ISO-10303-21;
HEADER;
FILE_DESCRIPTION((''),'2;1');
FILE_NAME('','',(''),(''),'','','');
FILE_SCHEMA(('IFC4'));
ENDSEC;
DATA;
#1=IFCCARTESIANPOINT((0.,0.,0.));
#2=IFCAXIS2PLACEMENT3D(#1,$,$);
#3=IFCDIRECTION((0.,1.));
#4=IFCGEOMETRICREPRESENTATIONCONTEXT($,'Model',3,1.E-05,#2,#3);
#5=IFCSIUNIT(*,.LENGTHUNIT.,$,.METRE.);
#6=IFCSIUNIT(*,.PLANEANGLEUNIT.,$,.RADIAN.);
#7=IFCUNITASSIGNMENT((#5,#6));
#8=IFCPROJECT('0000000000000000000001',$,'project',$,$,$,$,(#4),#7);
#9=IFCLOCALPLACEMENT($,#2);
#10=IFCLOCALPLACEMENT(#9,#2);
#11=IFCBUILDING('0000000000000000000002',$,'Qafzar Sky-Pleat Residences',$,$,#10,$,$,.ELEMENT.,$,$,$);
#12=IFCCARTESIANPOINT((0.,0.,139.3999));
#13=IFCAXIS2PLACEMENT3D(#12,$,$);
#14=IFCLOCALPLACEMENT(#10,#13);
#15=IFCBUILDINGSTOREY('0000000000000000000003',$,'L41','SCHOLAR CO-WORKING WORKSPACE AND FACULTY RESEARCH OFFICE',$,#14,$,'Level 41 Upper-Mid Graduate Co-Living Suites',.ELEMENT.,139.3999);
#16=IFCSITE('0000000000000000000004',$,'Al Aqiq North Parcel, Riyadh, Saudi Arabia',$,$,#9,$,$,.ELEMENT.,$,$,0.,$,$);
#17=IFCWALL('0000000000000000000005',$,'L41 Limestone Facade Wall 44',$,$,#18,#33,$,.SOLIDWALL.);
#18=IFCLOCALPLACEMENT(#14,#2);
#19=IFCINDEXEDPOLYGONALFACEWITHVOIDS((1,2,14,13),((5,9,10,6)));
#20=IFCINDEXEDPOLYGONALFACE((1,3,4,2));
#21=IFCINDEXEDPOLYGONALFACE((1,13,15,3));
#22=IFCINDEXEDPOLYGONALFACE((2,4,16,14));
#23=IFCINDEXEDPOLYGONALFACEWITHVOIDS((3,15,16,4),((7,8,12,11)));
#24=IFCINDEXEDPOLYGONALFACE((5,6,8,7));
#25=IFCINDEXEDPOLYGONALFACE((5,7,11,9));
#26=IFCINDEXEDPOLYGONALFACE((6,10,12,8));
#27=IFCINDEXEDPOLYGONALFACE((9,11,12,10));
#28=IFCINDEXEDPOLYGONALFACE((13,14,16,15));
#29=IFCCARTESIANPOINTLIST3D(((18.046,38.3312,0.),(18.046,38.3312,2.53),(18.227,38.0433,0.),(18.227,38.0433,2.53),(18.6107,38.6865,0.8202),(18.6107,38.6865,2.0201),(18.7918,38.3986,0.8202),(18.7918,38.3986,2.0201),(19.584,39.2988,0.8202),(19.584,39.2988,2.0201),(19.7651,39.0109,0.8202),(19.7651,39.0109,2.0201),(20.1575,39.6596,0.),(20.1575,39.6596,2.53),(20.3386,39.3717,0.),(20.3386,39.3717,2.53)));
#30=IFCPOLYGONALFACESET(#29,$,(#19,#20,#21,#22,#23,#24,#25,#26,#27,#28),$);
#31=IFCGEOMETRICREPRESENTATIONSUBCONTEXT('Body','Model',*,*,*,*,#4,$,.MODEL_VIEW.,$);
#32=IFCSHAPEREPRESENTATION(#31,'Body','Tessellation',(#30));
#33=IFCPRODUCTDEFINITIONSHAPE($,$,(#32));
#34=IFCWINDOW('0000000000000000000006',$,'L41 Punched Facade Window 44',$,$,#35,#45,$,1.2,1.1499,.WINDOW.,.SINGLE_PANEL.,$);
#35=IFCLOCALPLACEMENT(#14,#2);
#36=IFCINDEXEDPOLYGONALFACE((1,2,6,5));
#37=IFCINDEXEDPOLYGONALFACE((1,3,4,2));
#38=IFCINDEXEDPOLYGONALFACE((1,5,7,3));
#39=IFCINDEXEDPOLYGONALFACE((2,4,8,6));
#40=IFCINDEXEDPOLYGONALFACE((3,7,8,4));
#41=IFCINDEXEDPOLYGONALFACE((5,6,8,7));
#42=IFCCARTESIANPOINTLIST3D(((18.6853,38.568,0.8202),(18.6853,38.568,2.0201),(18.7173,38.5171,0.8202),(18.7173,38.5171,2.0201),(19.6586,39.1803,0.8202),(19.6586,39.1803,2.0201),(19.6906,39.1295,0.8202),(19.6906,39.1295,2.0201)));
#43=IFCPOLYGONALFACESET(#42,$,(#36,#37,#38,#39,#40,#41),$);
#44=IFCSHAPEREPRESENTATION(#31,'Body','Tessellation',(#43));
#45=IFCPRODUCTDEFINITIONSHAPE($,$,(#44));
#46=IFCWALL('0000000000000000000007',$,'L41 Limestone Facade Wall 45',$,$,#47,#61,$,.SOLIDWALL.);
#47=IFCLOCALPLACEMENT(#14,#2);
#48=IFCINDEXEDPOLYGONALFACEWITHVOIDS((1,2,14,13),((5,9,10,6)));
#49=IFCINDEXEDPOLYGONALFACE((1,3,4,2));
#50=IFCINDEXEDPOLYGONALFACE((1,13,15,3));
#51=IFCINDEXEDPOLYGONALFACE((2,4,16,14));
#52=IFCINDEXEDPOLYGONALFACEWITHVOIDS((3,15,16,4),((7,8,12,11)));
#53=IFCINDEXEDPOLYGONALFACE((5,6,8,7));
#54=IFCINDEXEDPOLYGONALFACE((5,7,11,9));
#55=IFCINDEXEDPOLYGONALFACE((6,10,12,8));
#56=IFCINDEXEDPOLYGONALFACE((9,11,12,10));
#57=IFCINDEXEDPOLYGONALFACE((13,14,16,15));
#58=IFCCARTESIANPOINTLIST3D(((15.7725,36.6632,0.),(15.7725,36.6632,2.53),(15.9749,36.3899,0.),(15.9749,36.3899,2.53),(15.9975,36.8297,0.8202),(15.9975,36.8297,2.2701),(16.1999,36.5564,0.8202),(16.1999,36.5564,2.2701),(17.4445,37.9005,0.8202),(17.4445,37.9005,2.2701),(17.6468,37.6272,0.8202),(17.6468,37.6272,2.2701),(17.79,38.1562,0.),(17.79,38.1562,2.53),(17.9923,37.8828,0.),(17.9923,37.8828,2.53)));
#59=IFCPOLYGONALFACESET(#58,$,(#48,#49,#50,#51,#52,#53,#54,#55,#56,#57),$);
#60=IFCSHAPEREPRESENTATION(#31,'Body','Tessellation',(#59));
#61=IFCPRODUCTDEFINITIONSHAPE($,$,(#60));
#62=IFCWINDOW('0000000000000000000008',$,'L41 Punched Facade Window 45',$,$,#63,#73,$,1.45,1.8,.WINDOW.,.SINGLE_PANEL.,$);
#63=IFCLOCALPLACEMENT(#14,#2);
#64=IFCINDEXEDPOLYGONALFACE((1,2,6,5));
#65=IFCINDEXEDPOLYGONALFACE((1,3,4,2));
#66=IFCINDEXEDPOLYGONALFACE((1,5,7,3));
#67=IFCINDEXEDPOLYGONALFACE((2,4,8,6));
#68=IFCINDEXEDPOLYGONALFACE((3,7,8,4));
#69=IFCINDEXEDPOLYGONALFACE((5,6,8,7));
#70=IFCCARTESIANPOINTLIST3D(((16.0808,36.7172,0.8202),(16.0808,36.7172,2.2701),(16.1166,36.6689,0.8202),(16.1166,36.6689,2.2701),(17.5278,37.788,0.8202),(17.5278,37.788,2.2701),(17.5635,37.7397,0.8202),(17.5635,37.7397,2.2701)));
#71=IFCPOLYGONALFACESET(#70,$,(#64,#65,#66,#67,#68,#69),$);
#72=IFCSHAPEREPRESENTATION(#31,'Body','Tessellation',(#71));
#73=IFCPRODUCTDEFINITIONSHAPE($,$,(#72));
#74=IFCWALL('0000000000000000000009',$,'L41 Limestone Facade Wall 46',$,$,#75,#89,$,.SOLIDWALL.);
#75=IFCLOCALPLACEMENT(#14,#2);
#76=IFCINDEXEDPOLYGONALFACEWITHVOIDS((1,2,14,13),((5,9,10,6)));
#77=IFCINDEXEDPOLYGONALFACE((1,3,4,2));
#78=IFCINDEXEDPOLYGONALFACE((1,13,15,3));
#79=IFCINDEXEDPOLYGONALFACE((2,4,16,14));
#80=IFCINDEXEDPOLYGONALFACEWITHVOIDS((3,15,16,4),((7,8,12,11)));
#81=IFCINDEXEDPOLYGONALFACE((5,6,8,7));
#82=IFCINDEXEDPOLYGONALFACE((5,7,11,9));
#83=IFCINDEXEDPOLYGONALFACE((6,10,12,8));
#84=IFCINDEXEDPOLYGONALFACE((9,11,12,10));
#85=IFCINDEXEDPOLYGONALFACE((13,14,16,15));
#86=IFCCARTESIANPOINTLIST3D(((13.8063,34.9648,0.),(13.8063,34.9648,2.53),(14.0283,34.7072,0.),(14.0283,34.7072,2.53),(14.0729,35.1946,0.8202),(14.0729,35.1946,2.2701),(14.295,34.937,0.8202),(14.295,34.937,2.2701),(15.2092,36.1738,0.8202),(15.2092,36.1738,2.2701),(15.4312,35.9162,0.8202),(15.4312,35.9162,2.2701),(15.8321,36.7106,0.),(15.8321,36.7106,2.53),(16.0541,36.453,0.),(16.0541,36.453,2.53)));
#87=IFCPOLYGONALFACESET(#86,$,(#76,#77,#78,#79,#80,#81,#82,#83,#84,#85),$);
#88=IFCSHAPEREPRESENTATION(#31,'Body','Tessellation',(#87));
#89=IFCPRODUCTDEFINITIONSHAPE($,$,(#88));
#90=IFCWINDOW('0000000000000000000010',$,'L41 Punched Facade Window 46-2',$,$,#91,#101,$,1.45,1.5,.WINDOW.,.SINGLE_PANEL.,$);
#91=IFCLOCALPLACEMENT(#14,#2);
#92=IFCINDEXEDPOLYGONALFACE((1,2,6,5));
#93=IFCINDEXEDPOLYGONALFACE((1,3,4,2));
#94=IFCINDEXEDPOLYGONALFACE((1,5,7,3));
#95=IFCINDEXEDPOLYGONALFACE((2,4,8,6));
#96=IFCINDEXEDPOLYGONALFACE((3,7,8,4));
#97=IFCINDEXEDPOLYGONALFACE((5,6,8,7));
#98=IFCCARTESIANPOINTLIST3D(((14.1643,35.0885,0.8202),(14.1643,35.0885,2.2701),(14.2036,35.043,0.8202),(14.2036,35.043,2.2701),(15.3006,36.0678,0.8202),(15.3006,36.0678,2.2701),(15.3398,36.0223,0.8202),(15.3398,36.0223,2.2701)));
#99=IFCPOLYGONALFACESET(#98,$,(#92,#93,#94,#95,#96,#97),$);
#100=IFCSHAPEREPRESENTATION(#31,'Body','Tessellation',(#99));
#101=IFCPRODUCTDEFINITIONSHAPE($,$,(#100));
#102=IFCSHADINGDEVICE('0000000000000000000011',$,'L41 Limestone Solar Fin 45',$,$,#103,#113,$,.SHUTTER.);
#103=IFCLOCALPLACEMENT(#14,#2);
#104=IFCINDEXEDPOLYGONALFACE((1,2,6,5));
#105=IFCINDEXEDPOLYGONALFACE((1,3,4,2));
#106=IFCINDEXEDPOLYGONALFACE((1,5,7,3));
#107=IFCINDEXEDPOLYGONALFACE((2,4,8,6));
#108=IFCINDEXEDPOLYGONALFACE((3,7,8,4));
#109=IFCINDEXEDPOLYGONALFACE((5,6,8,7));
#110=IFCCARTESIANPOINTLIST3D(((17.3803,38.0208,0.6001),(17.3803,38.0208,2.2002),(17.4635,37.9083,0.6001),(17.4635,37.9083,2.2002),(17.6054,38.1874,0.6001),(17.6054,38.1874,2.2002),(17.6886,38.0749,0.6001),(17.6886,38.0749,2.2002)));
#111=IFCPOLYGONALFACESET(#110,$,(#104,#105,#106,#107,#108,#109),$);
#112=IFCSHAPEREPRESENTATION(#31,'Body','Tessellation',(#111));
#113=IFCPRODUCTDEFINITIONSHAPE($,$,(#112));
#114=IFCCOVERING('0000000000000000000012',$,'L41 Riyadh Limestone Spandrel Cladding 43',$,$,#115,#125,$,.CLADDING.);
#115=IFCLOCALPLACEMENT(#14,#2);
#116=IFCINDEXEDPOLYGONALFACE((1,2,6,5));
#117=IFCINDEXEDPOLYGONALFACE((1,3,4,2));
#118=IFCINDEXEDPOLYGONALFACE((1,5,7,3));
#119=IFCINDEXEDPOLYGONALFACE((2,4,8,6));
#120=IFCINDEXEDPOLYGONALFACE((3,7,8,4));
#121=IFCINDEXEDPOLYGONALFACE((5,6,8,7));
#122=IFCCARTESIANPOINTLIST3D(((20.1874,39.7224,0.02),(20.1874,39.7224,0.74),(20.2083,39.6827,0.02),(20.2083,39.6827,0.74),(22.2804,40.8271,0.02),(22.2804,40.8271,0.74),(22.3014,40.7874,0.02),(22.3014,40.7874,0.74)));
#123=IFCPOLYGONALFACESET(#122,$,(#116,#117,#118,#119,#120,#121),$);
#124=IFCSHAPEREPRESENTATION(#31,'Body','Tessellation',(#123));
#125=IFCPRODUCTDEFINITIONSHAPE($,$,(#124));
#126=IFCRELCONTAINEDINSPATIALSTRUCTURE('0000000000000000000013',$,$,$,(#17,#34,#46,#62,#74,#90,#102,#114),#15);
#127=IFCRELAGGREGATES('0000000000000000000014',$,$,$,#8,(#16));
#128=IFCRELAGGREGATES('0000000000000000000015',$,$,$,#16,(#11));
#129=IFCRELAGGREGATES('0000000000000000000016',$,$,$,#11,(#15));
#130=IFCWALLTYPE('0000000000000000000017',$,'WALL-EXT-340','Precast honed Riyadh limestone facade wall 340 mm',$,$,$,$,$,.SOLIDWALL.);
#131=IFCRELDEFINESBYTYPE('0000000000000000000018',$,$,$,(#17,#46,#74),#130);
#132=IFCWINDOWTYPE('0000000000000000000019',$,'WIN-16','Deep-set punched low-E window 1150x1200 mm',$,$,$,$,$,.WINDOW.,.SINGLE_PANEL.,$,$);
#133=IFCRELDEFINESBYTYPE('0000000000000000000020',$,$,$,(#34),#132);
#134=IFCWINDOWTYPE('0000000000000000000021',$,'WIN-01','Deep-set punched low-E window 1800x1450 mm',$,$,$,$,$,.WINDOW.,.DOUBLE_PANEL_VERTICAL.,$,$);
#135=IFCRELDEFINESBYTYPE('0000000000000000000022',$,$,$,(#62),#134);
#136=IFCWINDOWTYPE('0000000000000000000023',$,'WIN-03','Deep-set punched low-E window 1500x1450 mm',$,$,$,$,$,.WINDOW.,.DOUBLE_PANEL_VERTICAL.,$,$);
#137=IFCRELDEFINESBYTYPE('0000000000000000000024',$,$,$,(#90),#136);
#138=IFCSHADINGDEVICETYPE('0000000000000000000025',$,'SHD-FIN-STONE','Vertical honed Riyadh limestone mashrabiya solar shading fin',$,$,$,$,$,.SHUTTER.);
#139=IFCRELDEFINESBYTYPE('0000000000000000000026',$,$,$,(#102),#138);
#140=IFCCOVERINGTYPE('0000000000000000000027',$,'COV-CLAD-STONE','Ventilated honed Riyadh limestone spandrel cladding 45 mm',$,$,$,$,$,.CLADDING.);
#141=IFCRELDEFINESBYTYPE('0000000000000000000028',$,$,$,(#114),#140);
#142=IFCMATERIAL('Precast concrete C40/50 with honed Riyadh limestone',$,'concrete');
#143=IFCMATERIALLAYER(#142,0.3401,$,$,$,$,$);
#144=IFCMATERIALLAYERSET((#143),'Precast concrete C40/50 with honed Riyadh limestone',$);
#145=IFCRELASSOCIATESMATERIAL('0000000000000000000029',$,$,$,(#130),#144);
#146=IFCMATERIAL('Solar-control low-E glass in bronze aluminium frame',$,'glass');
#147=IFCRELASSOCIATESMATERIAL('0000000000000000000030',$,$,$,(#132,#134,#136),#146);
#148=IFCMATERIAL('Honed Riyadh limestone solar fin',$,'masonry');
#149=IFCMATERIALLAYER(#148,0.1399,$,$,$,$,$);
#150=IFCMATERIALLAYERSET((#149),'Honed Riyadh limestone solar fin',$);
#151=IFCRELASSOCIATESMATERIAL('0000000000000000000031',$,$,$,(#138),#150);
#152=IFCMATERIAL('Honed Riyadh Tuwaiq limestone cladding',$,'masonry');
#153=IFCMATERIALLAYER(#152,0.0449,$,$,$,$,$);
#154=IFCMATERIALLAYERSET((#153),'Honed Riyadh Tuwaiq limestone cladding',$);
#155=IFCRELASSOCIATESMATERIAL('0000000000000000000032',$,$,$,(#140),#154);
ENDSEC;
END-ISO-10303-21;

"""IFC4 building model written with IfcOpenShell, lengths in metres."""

from ifc_helpers import new_model, si_unit, direction, frame, frame_2d, origin, origin_2d, place, context, subcontext, project, spatial, rectangle, extrude, source, transform, mapped, material, layer, layer_set, type_object, element, fill, save


model = new_model("IFC4")

# Units and contexts
model_context = context("Model", 3, precision=1e-05, world=origin(), true_north=direction((0.0, 1.0)))
body_context = subcontext(model_context, "Body", "Model", "MODEL_VIEW")
ifc_project = project(units=[si_unit("LENGTHUNIT", "METRE"), si_unit("PLANEANGLEUNIT", "RADIAN")], contexts=[model_context])

# Site, building, storey
site_placement = place(None, origin())
site = spatial("IfcSite", under=ifc_project, at=site_placement, Name="Al Aqiq North Parcel, Riyadh, Saudi Arabia", CompositionType="ELEMENT", RefElevation=0.0)
building_placement = place(site_placement, origin())
building = spatial("IfcBuilding", under=site, at=building_placement, Name="Qafzar Sky-Pleat Residences", CompositionType="ELEMENT")
storey_placement = place(building_placement, frame((0.0, 0.0, 139.3999)))
storey = spatial("IfcBuildingStorey", under=building, at=storey_placement, Name="L41", Description="SCHOLAR CO-WORKING WORKSPACE AND FACULTY RESEARCH OFFICE", LongName="Level 41 Upper-Mid Graduate Co-Living Suites", CompositionType="ELEMENT", Elevation=139.3999)

# Walls, openings, windows
ifc_material_1 = material(Name="Precast concrete C40/50 with honed Riyadh limestone", Category="concrete")
ifc_layer_1 = layer(ifc_material_1, 0.3401)
ifc_layer_set_1 = layer_set([ifc_layer_1], Name="Precast concrete C40/50 with honed Riyadh limestone")
wall_type_1 = type_object("IfcWallType", Name="WALL-EXT-340", Description="Precast honed Riyadh limestone facade wall 340 mm", PredefinedType="SOLIDWALL", material=ifc_layer_set_1)
wall_1_placement = place(storey_placement, frame((20.248, 39.5156, 0.0), z_axis=(0.0, 0.0, 1.0), x_axis=(-0.846439, -0.532486, 0.0)))
wall_1 = element("IfcWall", 1, at=wall_1_placement, inside=storey, type_object=wall_type_1, Name="L41 Limestone Facade Wall 44", PredefinedType="SOLIDWALL", context=body_context, shape_type="SweptSolid", body=[
    extrude(rectangle(XDim=2.4946, YDim=0.3401, at=frame_2d((1.2473, 0.0))), origin(), (0.0, 0.0, 1.0), 2.53),
])
opening_1_placement = place(wall_1_placement, frame((0.6775, 0.0, 0.8201)))
opening_1 = element("IfcOpeningElement", 2, at=opening_1_placement, cuts=wall_1, PredefinedType="OPENING", context=body_context, shape_type="SweptSolid", body=[
    extrude(rectangle(XDim=1.1499, YDim=1.2, at=frame_2d((0.575, 0.6001))), frame((0.0, 0.1802, 0.0), z_axis=(0.0, -1.0, 0.0), x_axis=(1.0, 0.0, 0.0)), (0.0, 0.0, 1.0), 0.3601),
])
ifc_material_2 = material(Name="Solar-control low-E glass in bronze aluminium frame", Category="glass")
window_type_1 = type_object("IfcWindowType", Name="WIN-16", Description="Deep-set punched low-E window 1150x1200 mm", PartitioningType="SINGLE_PANEL", PredefinedType="WINDOW", material=ifc_material_2)
shared_shape_1 = source(origin(), body_context, "Body", "SweptSolid", [
    extrude(rectangle(XDim=1.1499, YDim=1.2, at=frame_2d((0.575, 0.6001))), frame((0.0, 0.03, 0.0), z_axis=(0.0, -1.0, 0.0), x_axis=(1.0, 0.0, 0.0)), (0.0, 0.0, 1.0), 0.0601),
])
window_1_placement = place(opening_1_placement, origin())
window_1 = element("IfcWindow", 3, at=window_1_placement, inside=storey, type_object=window_type_1, Name="L41 Punched Facade Window 44", OverallHeight=1.2, OverallWidth=1.1499, PartitioningType="SINGLE_PANEL", PredefinedType="WINDOW", context=body_context, shape_type="MappedRepresentation", body=[
    mapped(shared_shape_1, transform((0.0, 0.0, 0.0), x_axis=(1.0, 0.0, 0.0), y_axis=(0.0, 1.0, 0.0), z_axis=(0.0, 0.0, 1.0), scale=1.0)),
])
fill(opening_1, window_1)
wall_2_placement = place(storey_placement, frame((17.8911, 38.0195, 0.0), z_axis=(0.0, 0.0, 1.0), x_axis=(-0.803824, -0.594867, 0.0)))
wall_2 = element("IfcWall", 4, at=wall_2_placement, inside=storey, type_object=wall_type_1, Name="L41 Limestone Facade Wall 45", PredefinedType="SOLIDWALL", context=body_context, shape_type="SweptSolid", body=[
    extrude(rectangle(XDim=2.5098, YDim=0.3401, at=frame_2d((1.2549, 0.0))), origin(), (0.0, 0.0, 1.0), 2.53),
])
opening_2_placement = place(wall_2_placement, frame((0.4299, 0.0, 0.8201)))
opening_2 = element("IfcOpeningElement", 5, at=opening_2_placement, cuts=wall_2, PredefinedType="OPENING", context=body_context, shape_type="SweptSolid", body=[
    extrude(rectangle(XDim=1.8, YDim=1.45, at=frame_2d((0.8999, 0.7251))), frame((0.0, 0.1802, 0.0), z_axis=(0.0, -1.0, 0.0), x_axis=(1.0, 0.0, 0.0)), (0.0, 0.0, 1.0), 0.3601),
])
window_type_2 = type_object("IfcWindowType", Name="WIN-01", Description="Deep-set punched low-E window 1800x1450 mm", PartitioningType="DOUBLE_PANEL_VERTICAL", PredefinedType="WINDOW", material=ifc_material_2)
shared_shape_2 = source(origin(), body_context, "Body", "SweptSolid", [
    extrude(rectangle(XDim=1.8, YDim=1.45, at=frame_2d((0.8999, 0.7251))), frame((0.0, 0.03, 0.0), z_axis=(0.0, -1.0, 0.0), x_axis=(1.0, 0.0, 0.0)), (0.0, 0.0, 1.0), 0.0601),
])
window_2_placement = place(opening_2_placement, origin())
window_2 = element("IfcWindow", 6, at=window_2_placement, inside=storey, type_object=window_type_2, Name="L41 Punched Facade Window 45", OverallHeight=1.45, OverallWidth=1.8, PartitioningType="SINGLE_PANEL", PredefinedType="WINDOW", context=body_context, shape_type="MappedRepresentation", body=[
    mapped(shared_shape_2, transform((0.0, 0.0, 0.0), x_axis=(1.0, 0.0, 0.0), y_axis=(0.0, 1.0, 0.0), z_axis=(0.0, 0.0, 1.0), scale=1.0)),
])
fill(opening_2, window_2)
wall_3_placement = place(storey_placement, frame((15.9431, 36.5818, 0.0), z_axis=(0.0, 0.0, 1.0), x_axis=(-0.75752, -0.652811, 0.0)))
wall_3 = element("IfcWall", 7, at=wall_3_placement, inside=storey, type_object=wall_type_1, Name="L41 Limestone Facade Wall 46", PredefinedType="SOLIDWALL", context=body_context, shape_type="SweptSolid", body=[
    extrude(rectangle(XDim=2.6743, YDim=0.3401, at=frame_2d((1.3372, 0.0))), origin(), (0.0, 0.0, 1.0), 2.53),
])
opening_3_placement = place(wall_3_placement, frame((0.8223, 0.0, 0.8201)))
opening_3 = element("IfcOpeningElement", 8, at=opening_3_placement, cuts=wall_3, PredefinedType="OPENING", context=body_context, shape_type="SweptSolid", body=[
    extrude(rectangle(XDim=1.5, YDim=1.45, at=frame_2d((0.75, 0.7251))), frame((0.0, 0.1802, 0.0), z_axis=(0.0, -1.0, 0.0), x_axis=(1.0, 0.0, 0.0)), (0.0, 0.0, 1.0), 0.3601),
])
window_type_3 = type_object("IfcWindowType", Name="WIN-03", Description="Deep-set punched low-E window 1500x1450 mm", PartitioningType="DOUBLE_PANEL_VERTICAL", PredefinedType="WINDOW", material=ifc_material_2)
shared_shape_3 = source(origin(), body_context, "Body", "SweptSolid", [
    extrude(rectangle(XDim=1.5, YDim=1.45, at=frame_2d((0.75, 0.7251))), frame((0.0, 0.03, 0.0), z_axis=(0.0, -1.0, 0.0), x_axis=(1.0, 0.0, 0.0)), (0.0, 0.0, 1.0), 0.0601),
])
window_3_placement = place(opening_3_placement, origin())
window_3 = element("IfcWindow", 9, at=window_3_placement, inside=storey, type_object=window_type_3, Name="L41 Punched Facade Window 46-2", OverallHeight=1.45, OverallWidth=1.5, PartitioningType="SINGLE_PANEL", PredefinedType="WINDOW", context=body_context, shape_type="MappedRepresentation", body=[
    mapped(shared_shape_3, transform((0.0, 0.0, 0.0), x_axis=(1.0, 0.0, 0.0), y_axis=(0.0, 1.0, 0.0), z_axis=(0.0, 0.0, 1.0), scale=1.0)),
])
fill(opening_3, window_3)

# Shading device
ifc_material_3 = material(Name="Honed Riyadh limestone solar fin", Category="masonry")
ifc_layer_2 = layer(ifc_material_3, 0.1399)
ifc_layer_set_2 = layer_set([ifc_layer_2], Name="Honed Riyadh limestone solar fin")
shading_device_type = type_object("IfcShadingDeviceType", Name="SHD-FIN-STONE", Description="Vertical honed Riyadh limestone mashrabiya solar shading fin", PredefinedType="SHUTTER", material=ifc_layer_set_2)
shared_shape_4 = source(origin(), body_context, "Body", "SweptSolid", [
    extrude(rectangle(XDim=0.1399, YDim=0.28, at=origin_2d()), origin(), (0.0, 0.0, 1.0), 1.6001),
])
shading_device_placement = place(storey_placement, frame((17.5344, 38.0479, 0.6001), z_axis=(0.0, 0.0, 1.0), x_axis=(-0.594883, 0.803812, 0.0)))
element("IfcShadingDevice", 10, at=shading_device_placement, inside=storey, type_object=shading_device_type, Name="L41 Limestone Solar Fin 45", PredefinedType="SHUTTER", context=body_context, shape_type="MappedRepresentation", body=[
    mapped(shared_shape_4, transform((0.0, 0.0, 0.0), x_axis=(1.0, 0.0, 0.0), y_axis=(0.0, 1.0, 0.0), z_axis=(0.0, 0.0, 1.0), scale=1.0)),
])

# Covering
ifc_material_4 = material(Name="Honed Riyadh Tuwaiq limestone cladding", Category="masonry")
ifc_layer_3 = layer(ifc_material_4, 0.0449)
ifc_layer_set_3 = layer_set([ifc_layer_3], Name="Honed Riyadh Tuwaiq limestone cladding")
covering_type = type_object("IfcCoveringType", Name="COV-CLAD-STONE", Description="Ventilated honed Riyadh limestone spandrel cladding 45 mm", PredefinedType="CLADDING", material=ifc_layer_set_3)
shared_shape_5 = source(origin(), body_context, "Body", "SweptSolid", [
    extrude(rectangle(XDim=2.3667, YDim=0.0449, at=origin_2d()), origin(), (0.0, 0.0, 1.0), 0.72),
])
covering_placement = place(storey_placement, frame((21.2444, 40.2549, 0.02), z_axis=(0.0, 0.0, 1.0), x_axis=(-0.884386, -0.466757, 0.0)))
element("IfcCovering", 11, at=covering_placement, inside=storey, type_object=covering_type, Name="L41 Riyadh Limestone Spandrel Cladding 43", PredefinedType="CLADDING", context=body_context, shape_type="MappedRepresentation", body=[
    mapped(shared_shape_5, transform((0.0, 0.0, 0.0), x_axis=(1.0, 0.0, 0.0), y_axis=(0.0, 1.0, 0.0), z_axis=(0.0, 0.0, 1.0), scale=1.0)),
])

save(model, "model.ifc")
